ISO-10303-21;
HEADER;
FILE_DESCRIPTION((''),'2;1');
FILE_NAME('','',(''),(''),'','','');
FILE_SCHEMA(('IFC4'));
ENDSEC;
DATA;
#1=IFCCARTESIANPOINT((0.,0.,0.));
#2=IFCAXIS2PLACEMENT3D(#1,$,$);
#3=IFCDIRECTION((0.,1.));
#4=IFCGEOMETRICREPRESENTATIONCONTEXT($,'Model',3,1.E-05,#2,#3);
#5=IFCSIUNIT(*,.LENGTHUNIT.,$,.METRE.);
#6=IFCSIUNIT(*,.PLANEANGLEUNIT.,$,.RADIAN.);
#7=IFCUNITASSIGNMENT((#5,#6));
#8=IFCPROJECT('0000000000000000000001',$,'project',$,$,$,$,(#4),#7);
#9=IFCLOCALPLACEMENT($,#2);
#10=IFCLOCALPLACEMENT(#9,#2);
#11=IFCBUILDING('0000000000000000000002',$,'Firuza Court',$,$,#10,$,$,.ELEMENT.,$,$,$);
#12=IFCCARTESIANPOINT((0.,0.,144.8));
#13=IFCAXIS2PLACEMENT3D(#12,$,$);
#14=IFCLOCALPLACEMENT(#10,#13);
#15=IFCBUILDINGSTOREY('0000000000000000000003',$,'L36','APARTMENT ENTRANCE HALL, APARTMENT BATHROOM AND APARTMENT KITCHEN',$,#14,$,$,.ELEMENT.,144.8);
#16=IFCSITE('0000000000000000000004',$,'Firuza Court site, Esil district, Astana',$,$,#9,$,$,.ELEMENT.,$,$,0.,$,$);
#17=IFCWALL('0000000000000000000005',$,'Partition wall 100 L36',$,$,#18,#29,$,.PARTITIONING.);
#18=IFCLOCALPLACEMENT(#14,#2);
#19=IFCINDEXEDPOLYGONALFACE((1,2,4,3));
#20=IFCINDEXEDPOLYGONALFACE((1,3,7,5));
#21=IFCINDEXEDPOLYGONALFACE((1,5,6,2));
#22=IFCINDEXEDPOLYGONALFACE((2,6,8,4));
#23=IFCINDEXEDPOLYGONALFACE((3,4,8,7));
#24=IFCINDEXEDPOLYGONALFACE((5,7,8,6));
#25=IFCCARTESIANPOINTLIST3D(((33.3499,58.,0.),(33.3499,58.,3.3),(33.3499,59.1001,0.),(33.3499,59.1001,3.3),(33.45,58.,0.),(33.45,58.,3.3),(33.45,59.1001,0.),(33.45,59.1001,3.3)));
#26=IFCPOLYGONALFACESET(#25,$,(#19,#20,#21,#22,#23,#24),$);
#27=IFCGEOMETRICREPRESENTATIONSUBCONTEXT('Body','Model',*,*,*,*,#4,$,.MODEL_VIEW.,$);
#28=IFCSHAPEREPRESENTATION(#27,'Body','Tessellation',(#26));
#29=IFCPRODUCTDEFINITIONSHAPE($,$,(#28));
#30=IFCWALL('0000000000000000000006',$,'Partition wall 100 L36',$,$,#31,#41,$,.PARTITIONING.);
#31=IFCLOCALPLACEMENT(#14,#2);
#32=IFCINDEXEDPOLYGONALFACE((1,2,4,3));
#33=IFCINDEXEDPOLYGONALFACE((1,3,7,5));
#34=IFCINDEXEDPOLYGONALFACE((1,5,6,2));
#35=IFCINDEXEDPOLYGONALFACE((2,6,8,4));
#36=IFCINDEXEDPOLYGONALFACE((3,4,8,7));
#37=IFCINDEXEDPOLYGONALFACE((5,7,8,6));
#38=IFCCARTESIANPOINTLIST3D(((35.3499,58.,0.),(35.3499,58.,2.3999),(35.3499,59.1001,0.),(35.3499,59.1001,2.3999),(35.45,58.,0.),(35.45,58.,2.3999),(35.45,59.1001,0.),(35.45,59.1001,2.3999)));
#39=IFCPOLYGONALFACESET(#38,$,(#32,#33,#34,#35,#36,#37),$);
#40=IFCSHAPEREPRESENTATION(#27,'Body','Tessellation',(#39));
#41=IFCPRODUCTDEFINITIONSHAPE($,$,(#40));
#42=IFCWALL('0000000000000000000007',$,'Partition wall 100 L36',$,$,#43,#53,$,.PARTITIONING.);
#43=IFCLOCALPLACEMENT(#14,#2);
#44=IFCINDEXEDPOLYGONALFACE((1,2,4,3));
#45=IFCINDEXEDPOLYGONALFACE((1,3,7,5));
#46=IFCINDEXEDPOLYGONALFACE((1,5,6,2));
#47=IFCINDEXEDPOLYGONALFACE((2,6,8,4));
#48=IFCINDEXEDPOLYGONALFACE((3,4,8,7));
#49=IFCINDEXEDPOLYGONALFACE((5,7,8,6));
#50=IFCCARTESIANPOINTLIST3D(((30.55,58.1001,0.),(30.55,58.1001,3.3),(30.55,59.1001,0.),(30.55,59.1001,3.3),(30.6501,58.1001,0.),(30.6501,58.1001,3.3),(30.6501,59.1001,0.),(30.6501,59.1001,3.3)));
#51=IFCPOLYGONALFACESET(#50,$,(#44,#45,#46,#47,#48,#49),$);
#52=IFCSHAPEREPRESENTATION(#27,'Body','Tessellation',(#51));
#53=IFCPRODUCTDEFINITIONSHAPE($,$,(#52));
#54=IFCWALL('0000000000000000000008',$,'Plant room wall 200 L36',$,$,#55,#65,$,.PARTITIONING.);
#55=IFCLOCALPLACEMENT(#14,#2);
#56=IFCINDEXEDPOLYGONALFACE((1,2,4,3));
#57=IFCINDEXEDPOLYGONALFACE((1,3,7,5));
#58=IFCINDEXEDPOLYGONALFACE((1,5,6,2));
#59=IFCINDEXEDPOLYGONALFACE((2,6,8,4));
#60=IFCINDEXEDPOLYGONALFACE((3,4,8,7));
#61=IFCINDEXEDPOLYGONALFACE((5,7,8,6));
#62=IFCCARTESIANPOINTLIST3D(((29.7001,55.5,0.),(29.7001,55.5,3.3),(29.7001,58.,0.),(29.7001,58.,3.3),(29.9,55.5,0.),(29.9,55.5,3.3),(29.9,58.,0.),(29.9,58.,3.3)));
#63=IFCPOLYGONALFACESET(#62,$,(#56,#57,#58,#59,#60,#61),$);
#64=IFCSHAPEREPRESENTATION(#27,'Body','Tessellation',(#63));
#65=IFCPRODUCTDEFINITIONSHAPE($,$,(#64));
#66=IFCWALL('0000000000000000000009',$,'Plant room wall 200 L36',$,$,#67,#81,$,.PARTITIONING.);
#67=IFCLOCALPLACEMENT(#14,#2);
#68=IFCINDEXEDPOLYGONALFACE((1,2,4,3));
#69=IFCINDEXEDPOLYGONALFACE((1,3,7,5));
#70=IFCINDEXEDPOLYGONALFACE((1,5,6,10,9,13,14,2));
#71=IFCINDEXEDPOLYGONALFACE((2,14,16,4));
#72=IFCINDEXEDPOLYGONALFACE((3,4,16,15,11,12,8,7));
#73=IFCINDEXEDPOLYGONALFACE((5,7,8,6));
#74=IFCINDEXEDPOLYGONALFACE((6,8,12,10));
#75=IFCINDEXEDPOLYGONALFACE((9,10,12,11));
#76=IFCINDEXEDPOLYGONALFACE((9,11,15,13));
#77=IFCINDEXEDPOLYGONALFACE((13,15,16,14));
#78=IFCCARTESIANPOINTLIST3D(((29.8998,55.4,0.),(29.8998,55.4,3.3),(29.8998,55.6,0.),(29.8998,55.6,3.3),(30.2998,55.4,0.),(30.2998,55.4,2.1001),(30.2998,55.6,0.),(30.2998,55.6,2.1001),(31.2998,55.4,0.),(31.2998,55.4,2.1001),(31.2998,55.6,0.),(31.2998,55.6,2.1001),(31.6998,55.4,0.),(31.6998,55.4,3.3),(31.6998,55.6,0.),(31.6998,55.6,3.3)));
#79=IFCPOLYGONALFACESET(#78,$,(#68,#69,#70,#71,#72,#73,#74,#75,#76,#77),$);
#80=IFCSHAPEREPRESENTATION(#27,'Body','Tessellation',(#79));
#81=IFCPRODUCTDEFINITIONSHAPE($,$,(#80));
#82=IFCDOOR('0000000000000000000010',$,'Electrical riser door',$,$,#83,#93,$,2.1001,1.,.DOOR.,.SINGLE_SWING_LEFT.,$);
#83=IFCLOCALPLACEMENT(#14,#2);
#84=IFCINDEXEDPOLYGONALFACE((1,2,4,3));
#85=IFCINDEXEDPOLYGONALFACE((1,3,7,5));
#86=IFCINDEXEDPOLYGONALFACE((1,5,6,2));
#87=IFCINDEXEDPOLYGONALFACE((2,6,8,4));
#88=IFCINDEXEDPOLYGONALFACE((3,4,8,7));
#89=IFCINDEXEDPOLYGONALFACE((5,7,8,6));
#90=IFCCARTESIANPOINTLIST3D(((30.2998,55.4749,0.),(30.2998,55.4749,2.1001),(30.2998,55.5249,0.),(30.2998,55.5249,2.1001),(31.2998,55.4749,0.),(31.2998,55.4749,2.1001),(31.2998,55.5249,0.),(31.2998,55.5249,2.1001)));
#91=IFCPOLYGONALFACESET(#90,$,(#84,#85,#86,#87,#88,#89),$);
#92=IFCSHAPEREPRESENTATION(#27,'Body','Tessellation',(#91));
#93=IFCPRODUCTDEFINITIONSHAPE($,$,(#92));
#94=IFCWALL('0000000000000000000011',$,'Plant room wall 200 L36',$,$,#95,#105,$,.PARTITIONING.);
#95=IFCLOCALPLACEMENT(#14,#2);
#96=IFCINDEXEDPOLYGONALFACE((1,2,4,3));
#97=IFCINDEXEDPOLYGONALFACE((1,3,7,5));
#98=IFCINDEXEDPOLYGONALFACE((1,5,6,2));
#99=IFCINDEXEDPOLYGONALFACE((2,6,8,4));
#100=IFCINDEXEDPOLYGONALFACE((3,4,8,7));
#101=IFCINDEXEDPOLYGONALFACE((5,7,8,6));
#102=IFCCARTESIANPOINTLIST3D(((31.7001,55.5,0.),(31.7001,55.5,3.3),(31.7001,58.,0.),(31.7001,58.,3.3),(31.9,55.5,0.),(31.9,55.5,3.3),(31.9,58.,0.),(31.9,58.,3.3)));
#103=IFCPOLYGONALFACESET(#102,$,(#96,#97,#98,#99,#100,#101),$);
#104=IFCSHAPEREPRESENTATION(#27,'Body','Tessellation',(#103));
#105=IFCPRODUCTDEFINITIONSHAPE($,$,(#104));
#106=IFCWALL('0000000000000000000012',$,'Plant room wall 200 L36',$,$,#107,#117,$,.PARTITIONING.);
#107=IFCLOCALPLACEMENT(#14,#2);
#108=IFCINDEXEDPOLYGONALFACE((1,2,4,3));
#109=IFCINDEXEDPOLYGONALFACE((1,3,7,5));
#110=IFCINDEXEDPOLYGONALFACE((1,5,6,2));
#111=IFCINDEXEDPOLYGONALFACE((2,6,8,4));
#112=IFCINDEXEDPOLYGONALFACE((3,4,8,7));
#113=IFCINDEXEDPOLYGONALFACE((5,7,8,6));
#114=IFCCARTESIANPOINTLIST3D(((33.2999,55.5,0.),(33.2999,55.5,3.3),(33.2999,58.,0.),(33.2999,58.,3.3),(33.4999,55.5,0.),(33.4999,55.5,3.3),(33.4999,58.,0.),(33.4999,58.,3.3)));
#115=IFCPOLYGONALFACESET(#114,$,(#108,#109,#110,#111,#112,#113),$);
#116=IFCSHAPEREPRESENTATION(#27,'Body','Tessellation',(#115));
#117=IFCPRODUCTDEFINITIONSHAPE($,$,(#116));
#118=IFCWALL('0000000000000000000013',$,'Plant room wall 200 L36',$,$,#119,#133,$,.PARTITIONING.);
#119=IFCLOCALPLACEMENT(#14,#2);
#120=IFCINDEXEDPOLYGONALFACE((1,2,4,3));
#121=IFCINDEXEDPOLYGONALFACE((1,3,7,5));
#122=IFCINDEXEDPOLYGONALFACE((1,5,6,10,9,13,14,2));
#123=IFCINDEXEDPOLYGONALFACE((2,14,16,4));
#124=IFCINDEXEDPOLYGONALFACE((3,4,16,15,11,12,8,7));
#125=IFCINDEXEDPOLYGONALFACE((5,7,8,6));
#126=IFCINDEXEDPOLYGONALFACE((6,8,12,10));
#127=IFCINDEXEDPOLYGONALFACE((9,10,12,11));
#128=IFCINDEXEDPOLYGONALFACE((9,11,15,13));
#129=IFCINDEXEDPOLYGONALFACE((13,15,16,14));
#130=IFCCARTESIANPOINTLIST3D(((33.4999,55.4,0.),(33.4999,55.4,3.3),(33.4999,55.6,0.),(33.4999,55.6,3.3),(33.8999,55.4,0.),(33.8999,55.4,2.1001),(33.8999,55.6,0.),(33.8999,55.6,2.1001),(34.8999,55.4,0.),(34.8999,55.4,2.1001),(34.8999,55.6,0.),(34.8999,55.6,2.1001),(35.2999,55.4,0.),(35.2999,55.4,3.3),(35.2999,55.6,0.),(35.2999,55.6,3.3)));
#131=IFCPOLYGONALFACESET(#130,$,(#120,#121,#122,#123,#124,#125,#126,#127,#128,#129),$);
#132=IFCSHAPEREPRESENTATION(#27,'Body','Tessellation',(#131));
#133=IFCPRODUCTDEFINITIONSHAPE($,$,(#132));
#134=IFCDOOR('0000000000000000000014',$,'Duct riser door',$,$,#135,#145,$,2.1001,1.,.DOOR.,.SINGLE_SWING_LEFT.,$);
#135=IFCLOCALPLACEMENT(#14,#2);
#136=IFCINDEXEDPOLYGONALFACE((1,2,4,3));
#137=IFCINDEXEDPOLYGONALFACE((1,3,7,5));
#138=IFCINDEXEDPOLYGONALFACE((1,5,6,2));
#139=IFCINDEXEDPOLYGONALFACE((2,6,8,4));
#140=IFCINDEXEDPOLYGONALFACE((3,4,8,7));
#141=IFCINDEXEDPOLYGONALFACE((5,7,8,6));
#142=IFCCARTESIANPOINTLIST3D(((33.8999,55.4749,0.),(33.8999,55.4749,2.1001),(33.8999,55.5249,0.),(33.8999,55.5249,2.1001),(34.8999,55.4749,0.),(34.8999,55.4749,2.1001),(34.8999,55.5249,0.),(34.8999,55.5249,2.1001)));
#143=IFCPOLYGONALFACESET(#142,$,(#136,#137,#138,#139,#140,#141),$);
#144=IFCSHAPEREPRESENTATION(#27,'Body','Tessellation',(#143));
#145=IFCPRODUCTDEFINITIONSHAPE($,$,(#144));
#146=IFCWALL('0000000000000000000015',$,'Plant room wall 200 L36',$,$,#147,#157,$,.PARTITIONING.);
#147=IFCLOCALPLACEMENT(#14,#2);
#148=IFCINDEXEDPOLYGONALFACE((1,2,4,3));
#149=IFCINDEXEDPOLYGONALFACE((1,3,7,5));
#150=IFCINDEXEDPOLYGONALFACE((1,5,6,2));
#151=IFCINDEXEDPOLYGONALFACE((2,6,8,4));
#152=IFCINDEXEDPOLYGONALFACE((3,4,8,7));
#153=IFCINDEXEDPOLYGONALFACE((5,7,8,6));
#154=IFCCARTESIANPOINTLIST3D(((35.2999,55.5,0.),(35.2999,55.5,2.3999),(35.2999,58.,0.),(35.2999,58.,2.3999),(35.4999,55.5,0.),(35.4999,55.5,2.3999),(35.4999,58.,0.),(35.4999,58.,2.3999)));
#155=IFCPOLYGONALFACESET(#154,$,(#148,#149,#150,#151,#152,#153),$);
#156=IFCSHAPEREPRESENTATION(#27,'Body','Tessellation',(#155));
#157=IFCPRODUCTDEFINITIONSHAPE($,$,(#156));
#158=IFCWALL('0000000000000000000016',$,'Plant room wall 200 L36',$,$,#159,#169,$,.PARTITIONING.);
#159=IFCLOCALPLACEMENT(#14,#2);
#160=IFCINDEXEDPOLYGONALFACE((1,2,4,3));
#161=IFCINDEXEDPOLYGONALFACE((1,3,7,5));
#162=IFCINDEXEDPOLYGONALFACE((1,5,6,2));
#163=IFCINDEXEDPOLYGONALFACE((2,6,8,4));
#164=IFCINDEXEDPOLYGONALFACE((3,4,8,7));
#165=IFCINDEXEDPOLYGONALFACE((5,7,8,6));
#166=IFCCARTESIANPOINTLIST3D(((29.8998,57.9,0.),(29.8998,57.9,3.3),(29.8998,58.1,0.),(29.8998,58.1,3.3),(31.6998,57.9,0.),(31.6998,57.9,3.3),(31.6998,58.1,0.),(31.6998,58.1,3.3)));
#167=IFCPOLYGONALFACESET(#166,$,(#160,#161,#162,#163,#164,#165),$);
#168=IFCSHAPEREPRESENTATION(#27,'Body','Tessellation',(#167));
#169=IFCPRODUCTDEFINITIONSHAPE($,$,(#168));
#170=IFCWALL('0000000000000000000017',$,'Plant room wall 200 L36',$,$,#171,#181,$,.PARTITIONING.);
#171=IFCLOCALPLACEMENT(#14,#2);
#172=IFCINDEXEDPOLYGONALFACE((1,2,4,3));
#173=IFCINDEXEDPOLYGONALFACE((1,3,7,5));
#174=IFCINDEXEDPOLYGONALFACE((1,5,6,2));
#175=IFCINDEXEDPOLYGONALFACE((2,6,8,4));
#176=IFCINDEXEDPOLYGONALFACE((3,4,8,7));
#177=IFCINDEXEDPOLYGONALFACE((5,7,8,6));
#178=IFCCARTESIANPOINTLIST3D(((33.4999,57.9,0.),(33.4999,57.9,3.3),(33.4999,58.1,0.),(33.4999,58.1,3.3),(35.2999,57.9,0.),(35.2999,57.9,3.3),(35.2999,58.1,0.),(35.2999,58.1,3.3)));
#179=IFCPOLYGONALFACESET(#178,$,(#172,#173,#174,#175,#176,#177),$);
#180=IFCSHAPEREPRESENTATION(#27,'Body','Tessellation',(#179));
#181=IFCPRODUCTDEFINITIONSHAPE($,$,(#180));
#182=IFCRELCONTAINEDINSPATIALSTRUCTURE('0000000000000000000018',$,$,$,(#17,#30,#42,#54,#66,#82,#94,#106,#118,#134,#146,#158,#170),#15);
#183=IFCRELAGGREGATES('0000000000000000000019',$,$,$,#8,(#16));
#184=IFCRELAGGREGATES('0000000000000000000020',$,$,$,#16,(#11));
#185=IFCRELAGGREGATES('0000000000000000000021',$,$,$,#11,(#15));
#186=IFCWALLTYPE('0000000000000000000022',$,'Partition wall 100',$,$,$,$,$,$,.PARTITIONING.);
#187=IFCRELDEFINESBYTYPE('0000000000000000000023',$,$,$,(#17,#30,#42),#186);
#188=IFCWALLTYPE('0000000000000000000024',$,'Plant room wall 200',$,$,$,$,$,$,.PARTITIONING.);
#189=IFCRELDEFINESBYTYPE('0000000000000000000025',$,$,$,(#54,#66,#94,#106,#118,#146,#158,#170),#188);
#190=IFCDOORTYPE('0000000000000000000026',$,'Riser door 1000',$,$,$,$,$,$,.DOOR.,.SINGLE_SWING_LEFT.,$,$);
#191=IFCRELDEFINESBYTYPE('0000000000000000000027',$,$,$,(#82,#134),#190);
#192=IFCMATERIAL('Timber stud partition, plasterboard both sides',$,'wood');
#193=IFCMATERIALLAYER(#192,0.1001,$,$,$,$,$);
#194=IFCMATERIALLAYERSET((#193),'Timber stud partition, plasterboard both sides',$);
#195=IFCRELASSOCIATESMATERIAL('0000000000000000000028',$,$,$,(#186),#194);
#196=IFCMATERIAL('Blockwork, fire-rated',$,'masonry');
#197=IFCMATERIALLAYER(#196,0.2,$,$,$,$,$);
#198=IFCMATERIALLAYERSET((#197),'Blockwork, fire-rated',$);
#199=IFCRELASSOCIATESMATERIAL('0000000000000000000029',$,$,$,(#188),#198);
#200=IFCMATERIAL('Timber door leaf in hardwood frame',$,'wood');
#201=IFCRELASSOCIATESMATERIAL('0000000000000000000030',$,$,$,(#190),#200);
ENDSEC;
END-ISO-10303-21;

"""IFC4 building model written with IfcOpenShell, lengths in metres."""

from ifc_helpers import new_model, si_unit, direction, frame, frame_2d, origin, place, context, subcontext, project, spatial, rectangle, extrude, material, layer, layer_set, type_object, element, fill, save


model = new_model("IFC4")

# Units and contexts
model_context = context("Model", 3, precision=1e-05, world=origin(), true_north=direction((0.0, 1.0)))
body_context = subcontext(model_context, "Body", "Model", "MODEL_VIEW")
ifc_project = project(units=[si_unit("LENGTHUNIT", "METRE"), si_unit("PLANEANGLEUNIT", "RADIAN")], contexts=[model_context])

# Site, building, storey
site_placement = place(None, origin())
site = spatial("IfcSite", under=ifc_project, at=site_placement, Name="Firuza Court site, Esil district, Astana", CompositionType="ELEMENT", RefElevation=0.0)
building_placement = place(site_placement, origin())
building = spatial("IfcBuilding", under=site, at=building_placement, Name="Firuza Court", CompositionType="ELEMENT")
storey_placement = place(building_placement, frame((0.0, 0.0, 144.8)))
storey = spatial("IfcBuildingStorey", under=building, at=storey_placement, Name="L36", Description="APARTMENT ENTRANCE HALL, APARTMENT BATHROOM AND APARTMENT KITCHEN", CompositionType="ELEMENT", Elevation=144.8)

# Walls
ifc_material_1 = material(Name="Timber stud partition, plasterboard both sides", Category="wood")
ifc_layer_1 = layer(ifc_material_1, 0.1001)
ifc_layer_set_1 = layer_set([ifc_layer_1], Name="Timber stud partition, plasterboard both sides")
wall_type_1 = type_object("IfcWallType", Name="Partition wall 100", PredefinedType="PARTITIONING", material=ifc_layer_set_1)
wall_1_placement = place(storey_placement, frame((33.3999, 58.0, 0.0), z_axis=(0.0, 0.0, 1.0), x_axis=(0.0, 1.0, 0.0)))
element("IfcWall", 1, at=wall_1_placement, inside=storey, type_object=wall_type_1, Name="Partition wall 100 L36", PredefinedType="PARTITIONING", context=body_context, shape_type="SweptSolid", body=[
    extrude(rectangle(XDim=1.1001, YDim=0.1001, at=frame_2d((0.55, 0.0))), origin(), (0.0, 0.0, 1.0), 3.3),
])
wall_2_placement = place(storey_placement, frame((35.3999, 58.0, 0.0), z_axis=(0.0, 0.0, 1.0), x_axis=(0.0, 1.0, 0.0)))
element("IfcWall", 2, at=wall_2_placement, inside=storey, type_object=wall_type_1, Name="Partition wall 100 L36", PredefinedType="PARTITIONING", context=body_context, shape_type="SweptSolid", body=[
    extrude(rectangle(XDim=1.1001, YDim=0.1001, at=frame_2d((0.55, 0.0))), origin(), (0.0, 0.0, 1.0), 2.3999),
])
wall_3_placement = place(storey_placement, frame((30.6001, 58.1001, 0.0), z_axis=(0.0, 0.0, 1.0), x_axis=(0.0, 1.0, 0.0)))
element("IfcWall", 3, at=wall_3_placement, inside=storey, type_object=wall_type_1, Name="Partition wall 100 L36", PredefinedType="PARTITIONING", context=body_context, shape_type="SweptSolid", body=[
    extrude(rectangle(XDim=1.0, YDim=0.1001, at=frame_2d((0.5, 0.0))), origin(), (0.0, 0.0, 1.0), 3.3),
])
ifc_material_2 = material(Name="Blockwork, fire-rated", Category="masonry")
ifc_layer_2 = layer(ifc_material_2, 0.2)
ifc_layer_set_2 = layer_set([ifc_layer_2], Name="Blockwork, fire-rated")
wall_type_2 = type_object("IfcWallType", Name="Plant room wall 200", PredefinedType="PARTITIONING", material=ifc_layer_set_2)
wall_4_placement = place(storey_placement, frame((29.8, 55.5, 0.0), z_axis=(0.0, 0.0, 1.0), x_axis=(0.0, 1.0, 0.0)))
element("IfcWall", 4, at=wall_4_placement, inside=storey, type_object=wall_type_2, Name="Plant room wall 200 L36", PredefinedType="PARTITIONING", context=body_context, shape_type="SweptSolid", body=[
    extrude(rectangle(XDim=2.5, YDim=0.2, at=frame_2d((1.25, 0.0))), origin(), (0.0, 0.0, 1.0), 3.3),
])

# Wall, opening, door
wall_5_placement = place(storey_placement, frame((29.8999, 55.5, 0.0), z_axis=(0.0, 0.0, 1.0), x_axis=(1.0, 0.0, 0.0)))
wall_5 = element("IfcWall", 5, at=wall_5_placement, inside=storey, type_object=wall_type_2, Name="Plant room wall 200 L36", PredefinedType="PARTITIONING", context=body_context, shape_type="SweptSolid", body=[
    extrude(rectangle(XDim=1.8, YDim=0.2, at=frame_2d((0.8999, 0.0))), origin(), (0.0, 0.0, 1.0), 3.3),
])
opening_1_placement = place(wall_5_placement, frame((0.3999, 0.0, 0.0)))
opening_1 = element("IfcOpeningElement", 6, at=opening_1_placement, cuts=wall_5, PredefinedType="OPENING", context=body_context, shape_type="SweptSolid", body=[
    extrude(rectangle(XDim=1.0, YDim=2.1001, at=frame_2d((0.5, 1.05))), frame((0.0, 0.1118, 0.0), z_axis=(0.0, -1.0, 0.0), x_axis=(1.0, 0.0, 0.0)), (0.0, 0.0, 1.0), 0.2239),
])
ifc_material_3 = material(Name="Timber door leaf in hardwood frame", Category="wood")
door_type_1 = type_object("IfcDoorType", Name="Riser door 1000", OperationType="SINGLE_SWING_LEFT", PredefinedType="DOOR", material=ifc_material_3)
door_1_placement = place(opening_1_placement, origin())
door_1 = element("IfcDoor", 7, at=door_1_placement, inside=storey, type_object=door_type_1, Name="Electrical riser door", OperationType="SINGLE_SWING_LEFT", OverallHeight=2.1001, OverallWidth=1.0, PredefinedType="DOOR", context=body_context, shape_type="SweptSolid", body=[
    extrude(rectangle(XDim=1.0, YDim=2.1001, at=frame_2d((0.5, 1.05))), frame((0.0, 0.0249, 0.0), z_axis=(0.0, -1.0, 0.0), x_axis=(1.0, 0.0, 0.0)), (0.0, 0.0, 1.0), 0.05),
])
fill(opening_1, door_1)

# Walls
for number, where, z_axis, x_axis, name in (
    (8, (31.8, 55.5, 0.0), (0.0, 0.0, 1.0), (0.0, 1.0, 0.0), "Plant room wall 200 L36"),
    (9, (33.3999, 55.5, 0.0), (0.0, 0.0, 1.0), (0.0, 1.0, 0.0), "Plant room wall 200 L36"),
):
    element("IfcWall", number, at=place(storey_placement, frame(where, z_axis=z_axis, x_axis=x_axis)), inside=storey, type_object=wall_type_2, Name=name, PredefinedType="PARTITIONING", context=body_context, shape_type="SweptSolid", body=[
        extrude(rectangle(XDim=2.5, YDim=0.2, at=frame_2d((1.25, 0.0))), origin(), (0.0, 0.0, 1.0), 3.3),
    ])

# Wall, opening, door
wall_6_placement = place(storey_placement, frame((33.5, 55.5, 0.0), z_axis=(0.0, 0.0, 1.0), x_axis=(1.0, 0.0, 0.0)))
wall_6 = element("IfcWall", 10, at=wall_6_placement, inside=storey, type_object=wall_type_2, Name="Plant room wall 200 L36", PredefinedType="PARTITIONING", context=body_context, shape_type="SweptSolid", body=[
    extrude(rectangle(XDim=1.8, YDim=0.2, at=frame_2d((0.8999, 0.0))), origin(), (0.0, 0.0, 1.0), 3.3),
])
opening_2_placement = place(wall_6_placement, frame((0.3999, 0.0, 0.0)))
opening_2 = element("IfcOpeningElement", 11, at=opening_2_placement, cuts=wall_6, PredefinedType="OPENING", context=body_context, shape_type="SweptSolid", body=[
    extrude(rectangle(XDim=1.0, YDim=2.1001, at=frame_2d((0.5, 1.05))), frame((0.0, 0.1118, 0.0), z_axis=(0.0, -1.0, 0.0), x_axis=(1.0, 0.0, 0.0)), (0.0, 0.0, 1.0), 0.2239),
])
door_2_placement = place(opening_2_placement, origin())
door_2 = element("IfcDoor", 12, at=door_2_placement, inside=storey, type_object=door_type_1, Name="Duct riser door", OperationType="SINGLE_SWING_LEFT", OverallHeight=2.1001, OverallWidth=1.0, PredefinedType="DOOR", context=body_context, shape_type="SweptSolid", body=[
    extrude(rectangle(XDim=1.0, YDim=2.1001, at=frame_2d((0.5, 1.05))), frame((0.0, 0.0249, 0.0), z_axis=(0.0, -1.0, 0.0), x_axis=(1.0, 0.0, 0.0)), (0.0, 0.0, 1.0), 0.05),
])
fill(opening_2, door_2)

# Walls
wall_7_placement = place(storey_placement, frame((35.3999, 55.5, 0.0), z_axis=(0.0, 0.0, 1.0), x_axis=(0.0, 1.0, 0.0)))
element("IfcWall", 13, at=wall_7_placement, inside=storey, type_object=wall_type_2, Name="Plant room wall 200 L36", PredefinedType="PARTITIONING", context=body_context, shape_type="SweptSolid", body=[
    extrude(rectangle(XDim=2.5, YDim=0.2, at=frame_2d((1.25, 0.0))), origin(), (0.0, 0.0, 1.0), 2.3999),
])
for number, where, z_axis, x_axis, name in (
    (14, (29.8999, 58.0, 0.0), (0.0, 0.0, 1.0), (1.0, 0.0, 0.0), "Plant room wall 200 L36"),
    (15, (33.5, 58.0, 0.0), (0.0, 0.0, 1.0), (1.0, 0.0, 0.0), "Plant room wall 200 L36"),
):
    element("IfcWall", number, at=place(storey_placement, frame(where, z_axis=z_axis, x_axis=x_axis)), inside=storey, type_object=wall_type_2, Name=name, PredefinedType="PARTITIONING", context=body_context, shape_type="SweptSolid", body=[
        extrude(rectangle(XDim=1.8, YDim=0.2, at=frame_2d((0.8999, 0.0))), origin(), (0.0, 0.0, 1.0), 3.3),
    ])

save(model, "model.ifc")
